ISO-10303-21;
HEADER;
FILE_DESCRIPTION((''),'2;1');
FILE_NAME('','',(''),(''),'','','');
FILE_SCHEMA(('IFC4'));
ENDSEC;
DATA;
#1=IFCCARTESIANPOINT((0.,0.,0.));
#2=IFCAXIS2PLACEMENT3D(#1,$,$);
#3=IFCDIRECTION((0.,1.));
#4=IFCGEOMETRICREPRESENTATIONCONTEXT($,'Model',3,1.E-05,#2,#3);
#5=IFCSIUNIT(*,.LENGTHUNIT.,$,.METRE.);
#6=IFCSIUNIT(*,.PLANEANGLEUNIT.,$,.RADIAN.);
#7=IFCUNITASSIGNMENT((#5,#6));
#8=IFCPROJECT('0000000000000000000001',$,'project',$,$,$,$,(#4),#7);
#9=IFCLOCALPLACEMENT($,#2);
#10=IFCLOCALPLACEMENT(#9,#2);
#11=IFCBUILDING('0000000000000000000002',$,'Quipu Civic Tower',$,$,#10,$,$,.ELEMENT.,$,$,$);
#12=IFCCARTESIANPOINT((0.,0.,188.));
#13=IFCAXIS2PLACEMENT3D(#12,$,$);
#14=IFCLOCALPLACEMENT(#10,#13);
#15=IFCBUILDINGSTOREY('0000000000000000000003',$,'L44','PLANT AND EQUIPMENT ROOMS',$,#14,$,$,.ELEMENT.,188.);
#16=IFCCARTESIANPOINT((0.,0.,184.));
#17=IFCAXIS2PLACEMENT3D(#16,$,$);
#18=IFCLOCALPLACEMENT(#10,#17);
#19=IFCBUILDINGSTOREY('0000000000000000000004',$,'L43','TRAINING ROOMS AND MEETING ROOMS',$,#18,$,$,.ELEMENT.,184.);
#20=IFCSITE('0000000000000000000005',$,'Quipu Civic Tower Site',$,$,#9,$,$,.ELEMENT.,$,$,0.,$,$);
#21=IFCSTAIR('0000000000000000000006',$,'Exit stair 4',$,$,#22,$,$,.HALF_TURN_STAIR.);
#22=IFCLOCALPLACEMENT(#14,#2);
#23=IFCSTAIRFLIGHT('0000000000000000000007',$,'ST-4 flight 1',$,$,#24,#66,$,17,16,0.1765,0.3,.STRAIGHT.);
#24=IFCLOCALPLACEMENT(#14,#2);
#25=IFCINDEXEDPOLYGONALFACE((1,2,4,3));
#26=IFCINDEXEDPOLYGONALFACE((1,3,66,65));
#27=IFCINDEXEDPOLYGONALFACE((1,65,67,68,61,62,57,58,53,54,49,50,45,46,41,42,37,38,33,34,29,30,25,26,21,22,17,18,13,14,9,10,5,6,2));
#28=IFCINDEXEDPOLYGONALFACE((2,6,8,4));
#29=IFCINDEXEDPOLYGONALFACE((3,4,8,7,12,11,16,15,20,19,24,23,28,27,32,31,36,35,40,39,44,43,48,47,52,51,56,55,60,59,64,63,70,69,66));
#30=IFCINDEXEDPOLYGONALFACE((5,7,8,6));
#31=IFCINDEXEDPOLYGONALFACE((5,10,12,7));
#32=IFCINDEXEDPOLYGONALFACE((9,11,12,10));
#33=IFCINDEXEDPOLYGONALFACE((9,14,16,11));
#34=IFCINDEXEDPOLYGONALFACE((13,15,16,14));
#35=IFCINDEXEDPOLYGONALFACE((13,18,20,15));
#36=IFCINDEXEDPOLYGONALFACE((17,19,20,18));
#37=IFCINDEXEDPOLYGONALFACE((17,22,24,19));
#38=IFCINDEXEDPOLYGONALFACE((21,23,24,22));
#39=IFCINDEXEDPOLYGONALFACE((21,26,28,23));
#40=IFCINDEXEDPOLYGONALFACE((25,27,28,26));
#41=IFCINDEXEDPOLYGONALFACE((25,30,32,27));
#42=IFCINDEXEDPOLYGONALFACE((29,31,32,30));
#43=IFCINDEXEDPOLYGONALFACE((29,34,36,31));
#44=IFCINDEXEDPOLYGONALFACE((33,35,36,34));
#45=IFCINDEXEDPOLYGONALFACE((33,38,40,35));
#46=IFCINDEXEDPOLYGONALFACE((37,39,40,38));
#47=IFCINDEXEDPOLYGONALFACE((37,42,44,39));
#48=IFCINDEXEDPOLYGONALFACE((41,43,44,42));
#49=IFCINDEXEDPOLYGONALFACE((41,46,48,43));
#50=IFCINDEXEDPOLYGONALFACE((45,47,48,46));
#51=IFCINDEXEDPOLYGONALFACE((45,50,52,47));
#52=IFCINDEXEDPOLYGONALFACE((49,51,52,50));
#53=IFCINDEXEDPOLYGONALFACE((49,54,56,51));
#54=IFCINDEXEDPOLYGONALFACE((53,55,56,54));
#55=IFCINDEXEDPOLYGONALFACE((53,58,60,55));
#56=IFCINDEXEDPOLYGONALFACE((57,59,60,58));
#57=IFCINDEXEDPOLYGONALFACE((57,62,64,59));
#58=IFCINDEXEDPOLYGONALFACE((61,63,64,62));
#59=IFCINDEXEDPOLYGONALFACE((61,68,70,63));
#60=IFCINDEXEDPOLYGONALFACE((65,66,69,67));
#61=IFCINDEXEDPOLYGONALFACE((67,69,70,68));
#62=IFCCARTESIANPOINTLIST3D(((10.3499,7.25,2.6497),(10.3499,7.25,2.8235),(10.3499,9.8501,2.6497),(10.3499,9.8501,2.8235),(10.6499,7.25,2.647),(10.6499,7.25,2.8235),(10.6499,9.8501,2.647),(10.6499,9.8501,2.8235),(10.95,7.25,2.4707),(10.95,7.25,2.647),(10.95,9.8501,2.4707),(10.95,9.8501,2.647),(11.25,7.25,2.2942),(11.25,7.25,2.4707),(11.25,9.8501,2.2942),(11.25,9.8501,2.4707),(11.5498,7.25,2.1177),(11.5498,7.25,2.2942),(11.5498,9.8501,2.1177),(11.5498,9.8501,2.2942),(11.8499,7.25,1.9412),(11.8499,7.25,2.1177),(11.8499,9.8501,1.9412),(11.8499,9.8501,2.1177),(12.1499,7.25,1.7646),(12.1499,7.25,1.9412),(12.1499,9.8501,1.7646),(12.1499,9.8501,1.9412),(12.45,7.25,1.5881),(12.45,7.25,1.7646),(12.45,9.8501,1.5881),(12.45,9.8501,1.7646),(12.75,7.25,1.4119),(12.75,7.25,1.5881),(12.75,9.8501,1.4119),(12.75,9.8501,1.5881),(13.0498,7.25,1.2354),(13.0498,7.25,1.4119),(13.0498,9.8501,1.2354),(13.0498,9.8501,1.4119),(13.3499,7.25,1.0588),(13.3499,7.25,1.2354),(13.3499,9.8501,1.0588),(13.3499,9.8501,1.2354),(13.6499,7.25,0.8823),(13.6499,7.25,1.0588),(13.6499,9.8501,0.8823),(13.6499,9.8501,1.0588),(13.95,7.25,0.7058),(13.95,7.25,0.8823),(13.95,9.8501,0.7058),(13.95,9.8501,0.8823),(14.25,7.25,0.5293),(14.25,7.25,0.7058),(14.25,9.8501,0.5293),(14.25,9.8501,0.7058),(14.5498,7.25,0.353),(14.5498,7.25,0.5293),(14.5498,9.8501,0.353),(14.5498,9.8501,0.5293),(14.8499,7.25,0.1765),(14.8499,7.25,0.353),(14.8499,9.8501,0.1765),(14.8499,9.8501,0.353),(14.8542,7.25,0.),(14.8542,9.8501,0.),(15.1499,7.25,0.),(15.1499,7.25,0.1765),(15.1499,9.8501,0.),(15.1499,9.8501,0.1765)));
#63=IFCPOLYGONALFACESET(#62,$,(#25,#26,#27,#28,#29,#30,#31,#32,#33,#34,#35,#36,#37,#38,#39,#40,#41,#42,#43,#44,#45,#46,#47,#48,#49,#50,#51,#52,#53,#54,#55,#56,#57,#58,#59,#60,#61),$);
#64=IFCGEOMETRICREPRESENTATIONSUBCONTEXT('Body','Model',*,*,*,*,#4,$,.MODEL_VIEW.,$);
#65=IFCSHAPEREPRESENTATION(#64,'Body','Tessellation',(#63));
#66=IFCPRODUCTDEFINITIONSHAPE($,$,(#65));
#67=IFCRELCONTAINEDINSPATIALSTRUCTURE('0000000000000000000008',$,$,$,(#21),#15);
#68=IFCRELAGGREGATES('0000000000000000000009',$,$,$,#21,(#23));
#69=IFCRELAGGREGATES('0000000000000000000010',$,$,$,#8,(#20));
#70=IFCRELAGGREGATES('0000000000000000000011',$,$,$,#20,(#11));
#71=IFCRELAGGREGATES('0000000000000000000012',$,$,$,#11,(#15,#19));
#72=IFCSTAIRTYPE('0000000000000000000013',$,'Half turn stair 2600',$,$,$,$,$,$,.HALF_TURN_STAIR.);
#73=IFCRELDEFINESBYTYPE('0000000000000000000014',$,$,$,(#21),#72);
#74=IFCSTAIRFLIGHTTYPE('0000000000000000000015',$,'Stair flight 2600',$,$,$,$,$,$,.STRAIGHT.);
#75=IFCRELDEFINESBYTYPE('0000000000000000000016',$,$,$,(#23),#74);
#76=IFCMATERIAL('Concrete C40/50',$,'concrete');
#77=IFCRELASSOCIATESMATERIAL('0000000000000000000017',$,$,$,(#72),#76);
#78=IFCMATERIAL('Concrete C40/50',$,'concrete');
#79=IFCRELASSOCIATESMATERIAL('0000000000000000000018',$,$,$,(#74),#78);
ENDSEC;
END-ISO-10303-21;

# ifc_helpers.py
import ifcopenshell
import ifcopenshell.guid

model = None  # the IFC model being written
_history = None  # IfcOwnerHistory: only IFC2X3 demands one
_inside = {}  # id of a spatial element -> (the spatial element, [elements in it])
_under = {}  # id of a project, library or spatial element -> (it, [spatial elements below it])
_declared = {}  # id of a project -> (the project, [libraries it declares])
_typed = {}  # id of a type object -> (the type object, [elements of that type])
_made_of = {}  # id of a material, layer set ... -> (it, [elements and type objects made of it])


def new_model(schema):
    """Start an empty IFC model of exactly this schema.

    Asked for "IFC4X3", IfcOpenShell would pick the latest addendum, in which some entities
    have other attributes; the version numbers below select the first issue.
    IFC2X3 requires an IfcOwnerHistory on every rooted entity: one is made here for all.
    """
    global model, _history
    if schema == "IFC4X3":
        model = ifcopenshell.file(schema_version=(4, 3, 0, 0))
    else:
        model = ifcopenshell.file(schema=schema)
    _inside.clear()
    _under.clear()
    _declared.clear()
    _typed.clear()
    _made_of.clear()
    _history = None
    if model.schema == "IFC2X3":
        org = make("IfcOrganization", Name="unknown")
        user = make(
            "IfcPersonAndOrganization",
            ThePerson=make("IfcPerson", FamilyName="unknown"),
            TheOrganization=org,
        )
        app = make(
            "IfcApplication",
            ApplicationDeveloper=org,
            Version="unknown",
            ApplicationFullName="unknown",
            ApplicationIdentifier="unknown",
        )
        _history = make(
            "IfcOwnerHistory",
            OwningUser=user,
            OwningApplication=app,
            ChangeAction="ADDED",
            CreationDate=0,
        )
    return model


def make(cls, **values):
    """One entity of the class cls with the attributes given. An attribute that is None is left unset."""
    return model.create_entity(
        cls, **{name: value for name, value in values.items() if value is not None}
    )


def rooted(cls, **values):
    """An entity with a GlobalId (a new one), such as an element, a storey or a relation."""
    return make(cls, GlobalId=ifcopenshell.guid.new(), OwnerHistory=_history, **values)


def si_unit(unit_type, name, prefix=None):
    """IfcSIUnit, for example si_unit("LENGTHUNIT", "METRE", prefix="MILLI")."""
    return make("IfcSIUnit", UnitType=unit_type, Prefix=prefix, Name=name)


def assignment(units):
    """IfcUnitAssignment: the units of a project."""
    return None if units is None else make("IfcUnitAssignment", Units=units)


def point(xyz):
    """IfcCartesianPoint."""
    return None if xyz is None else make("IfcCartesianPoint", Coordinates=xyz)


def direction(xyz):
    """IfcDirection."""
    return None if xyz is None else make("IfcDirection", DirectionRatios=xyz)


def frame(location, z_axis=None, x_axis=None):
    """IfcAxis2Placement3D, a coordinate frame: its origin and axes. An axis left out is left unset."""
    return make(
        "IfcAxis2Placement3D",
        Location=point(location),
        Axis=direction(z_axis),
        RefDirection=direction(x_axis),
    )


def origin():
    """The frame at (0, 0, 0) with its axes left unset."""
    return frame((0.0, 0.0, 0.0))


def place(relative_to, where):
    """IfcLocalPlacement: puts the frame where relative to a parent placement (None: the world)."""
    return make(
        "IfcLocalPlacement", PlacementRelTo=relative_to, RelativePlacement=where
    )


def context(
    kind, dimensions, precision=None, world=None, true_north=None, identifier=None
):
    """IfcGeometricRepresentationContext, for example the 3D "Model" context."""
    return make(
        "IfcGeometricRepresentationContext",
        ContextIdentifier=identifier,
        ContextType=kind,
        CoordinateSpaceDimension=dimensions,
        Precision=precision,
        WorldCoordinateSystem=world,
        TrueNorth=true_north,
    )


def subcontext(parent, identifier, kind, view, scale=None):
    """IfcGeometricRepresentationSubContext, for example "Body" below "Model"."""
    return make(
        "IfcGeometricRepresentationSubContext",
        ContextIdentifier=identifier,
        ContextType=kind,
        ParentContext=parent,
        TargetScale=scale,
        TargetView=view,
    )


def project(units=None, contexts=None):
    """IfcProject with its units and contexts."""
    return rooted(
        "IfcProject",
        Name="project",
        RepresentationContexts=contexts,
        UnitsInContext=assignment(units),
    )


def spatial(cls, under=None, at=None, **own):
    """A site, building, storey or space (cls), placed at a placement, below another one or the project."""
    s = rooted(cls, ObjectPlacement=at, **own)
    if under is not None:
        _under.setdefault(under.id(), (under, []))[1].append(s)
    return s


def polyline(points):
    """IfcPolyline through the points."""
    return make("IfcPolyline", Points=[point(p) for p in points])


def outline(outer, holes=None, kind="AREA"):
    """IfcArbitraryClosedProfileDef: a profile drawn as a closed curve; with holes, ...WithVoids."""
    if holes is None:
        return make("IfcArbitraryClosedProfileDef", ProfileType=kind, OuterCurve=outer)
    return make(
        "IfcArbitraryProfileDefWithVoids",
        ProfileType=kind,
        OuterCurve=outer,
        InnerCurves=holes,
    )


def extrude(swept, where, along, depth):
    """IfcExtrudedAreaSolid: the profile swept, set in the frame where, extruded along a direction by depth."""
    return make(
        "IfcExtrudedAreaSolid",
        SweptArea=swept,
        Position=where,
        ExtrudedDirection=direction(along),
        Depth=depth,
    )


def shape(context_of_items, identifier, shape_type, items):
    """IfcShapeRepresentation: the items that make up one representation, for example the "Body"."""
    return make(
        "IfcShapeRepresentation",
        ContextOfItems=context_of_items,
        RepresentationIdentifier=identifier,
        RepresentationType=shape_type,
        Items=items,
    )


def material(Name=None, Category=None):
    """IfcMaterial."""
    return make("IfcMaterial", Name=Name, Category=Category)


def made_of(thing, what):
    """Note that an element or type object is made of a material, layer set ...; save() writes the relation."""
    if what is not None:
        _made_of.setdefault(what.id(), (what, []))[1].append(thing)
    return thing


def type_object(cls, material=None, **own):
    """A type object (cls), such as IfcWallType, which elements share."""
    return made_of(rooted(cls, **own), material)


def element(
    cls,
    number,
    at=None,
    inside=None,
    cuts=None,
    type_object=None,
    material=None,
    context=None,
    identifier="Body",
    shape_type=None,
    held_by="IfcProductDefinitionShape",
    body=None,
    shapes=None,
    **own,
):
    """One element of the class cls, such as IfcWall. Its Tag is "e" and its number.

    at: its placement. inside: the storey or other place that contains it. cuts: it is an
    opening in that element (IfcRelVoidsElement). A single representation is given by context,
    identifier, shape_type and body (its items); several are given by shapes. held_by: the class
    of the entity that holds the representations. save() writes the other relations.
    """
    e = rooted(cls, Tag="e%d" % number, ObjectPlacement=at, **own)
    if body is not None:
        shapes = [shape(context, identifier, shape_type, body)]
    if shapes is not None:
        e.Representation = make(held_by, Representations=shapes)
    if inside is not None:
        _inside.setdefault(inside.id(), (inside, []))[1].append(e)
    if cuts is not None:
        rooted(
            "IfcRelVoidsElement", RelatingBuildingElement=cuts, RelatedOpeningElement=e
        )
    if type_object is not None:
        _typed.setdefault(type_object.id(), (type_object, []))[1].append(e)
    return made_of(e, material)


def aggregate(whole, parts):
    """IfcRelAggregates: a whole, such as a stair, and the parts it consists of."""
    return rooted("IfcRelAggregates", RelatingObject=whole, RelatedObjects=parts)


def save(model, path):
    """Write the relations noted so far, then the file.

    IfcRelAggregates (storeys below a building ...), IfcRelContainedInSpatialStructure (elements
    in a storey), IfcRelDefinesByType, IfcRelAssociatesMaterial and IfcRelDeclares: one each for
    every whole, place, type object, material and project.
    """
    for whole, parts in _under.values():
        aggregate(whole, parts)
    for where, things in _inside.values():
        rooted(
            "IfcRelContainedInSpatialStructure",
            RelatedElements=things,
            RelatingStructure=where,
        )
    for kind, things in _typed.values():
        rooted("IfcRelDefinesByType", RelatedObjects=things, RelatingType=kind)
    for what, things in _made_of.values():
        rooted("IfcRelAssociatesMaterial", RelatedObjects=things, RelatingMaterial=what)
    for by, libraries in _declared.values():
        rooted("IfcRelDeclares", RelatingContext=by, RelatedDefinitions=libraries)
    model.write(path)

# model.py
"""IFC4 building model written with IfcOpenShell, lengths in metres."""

from ifc_helpers import new_model, si_unit, direction, frame, origin, place, context, subcontext, project, spatial, polyline, outline, extrude, material, type_object, element, aggregate, save


model = new_model("IFC4")

# Units and contexts
model_context = context("Model", 3, precision=1e-05, world=origin(), true_north=direction((0.0, 1.0)))
body_context = subcontext(model_context, "Body", "Model", "MODEL_VIEW")
ifc_project = project(units=[si_unit("LENGTHUNIT", "METRE"), si_unit("PLANEANGLEUNIT", "RADIAN")], contexts=[model_context])

# Site, building, storey
site_placement = place(None, origin())
site = spatial("IfcSite", under=ifc_project, at=site_placement, Name="Quipu Civic Tower Site", CompositionType="ELEMENT", RefElevation=0.0)
building_placement = place(site_placement, origin())
building = spatial("IfcBuilding", under=site, at=building_placement, Name="Quipu Civic Tower", CompositionType="ELEMENT")
storey_1_placement = place(building_placement, frame((0.0, 0.0, 188.0)))
storey_1 = spatial("IfcBuildingStorey", under=building, at=storey_1_placement, Name="L44", Description="PLANT AND EQUIPMENT ROOMS", CompositionType="ELEMENT", Elevation=188.0)

# Shared definitions
storey_2_placement = place(building_placement, frame((0.0, 0.0, 184.0)))
storey_2 = spatial("IfcBuildingStorey", under=building, at=storey_2_placement, Name="L43", Description="TRAINING ROOMS AND MEETING ROOMS", CompositionType="ELEMENT", Elevation=184.0)

# Stair, stair flight
ifc_material_1 = material(Name="Concrete C40/50", Category="concrete")
stair_type = type_object("IfcStairType", Name="Half turn stair 2600", PredefinedType="HALF_TURN_STAIR", material=ifc_material_1)
stair_placement = place(storey_1_placement, origin())
stair = element("IfcStair", 1, at=stair_placement, inside=storey_1, type_object=stair_type, Name="Exit stair 4", PredefinedType="HALF_TURN_STAIR")
ifc_material_2 = material(Name="Concrete C40/50", Category="concrete")
stair_flight_type = type_object("IfcStairFlightType", Name="Stair flight 2600", PredefinedType="STRAIGHT", material=ifc_material_2)
stair_flight_placement = place(storey_1_placement, frame((15.1499, 8.55, 0.0), z_axis=(0.0, 0.0, 1.0), x_axis=(-1.0, 0.0, 0.0)))
stair_flight = element("IfcStairFlight", 2, at=stair_flight_placement, type_object=stair_flight_type, Name="ST-4 flight 1", NumberOfRisers=17, NumberOfTreads=16, PredefinedType="STRAIGHT", RiserHeight=0.1765, TreadLength=0.3, context=body_context, shape_type="SweptSolid", body=[
    extrude(outline(polyline([(0.0, 0.0), (0.0, 0.1765), (0.3, 0.1765), (0.3, 0.353), (0.6001, 0.353), (0.6001, 0.5293), (0.8999, 0.5293), (0.8999, 0.7058), (1.2, 0.7058), (1.2, 0.8823), (1.5, 0.8823), (1.5, 1.0588), (1.8, 1.0588), (1.8, 1.2354), (2.1001, 1.2354), (2.1001, 1.4119), (2.3999, 1.4119), (2.3999, 1.5881), (2.7, 1.5881), (2.7, 1.7646), (3.0, 1.7646), (3.0, 1.9412), (3.3, 1.9412), (3.3, 2.1177), (3.6001, 2.1177), (3.6001, 2.2942), (3.8999, 2.2942), (3.8999, 2.4707), (4.2, 2.4707), (4.2, 2.647), (4.5, 2.647), (4.5, 2.8235), (4.8, 2.8235), (4.8, 3.0), (4.8, 2.6497), (0.2957, 0.0), (0.0, 0.0)])), frame((0.0, 1.3, 0.0), z_axis=(0.0, -1.0, 0.0), x_axis=(1.0, 0.0, 0.0)), (0.0, 0.0, 1.0), 2.6001),
])
aggregate(stair, [stair_flight])

save(model, "model.ifc")
